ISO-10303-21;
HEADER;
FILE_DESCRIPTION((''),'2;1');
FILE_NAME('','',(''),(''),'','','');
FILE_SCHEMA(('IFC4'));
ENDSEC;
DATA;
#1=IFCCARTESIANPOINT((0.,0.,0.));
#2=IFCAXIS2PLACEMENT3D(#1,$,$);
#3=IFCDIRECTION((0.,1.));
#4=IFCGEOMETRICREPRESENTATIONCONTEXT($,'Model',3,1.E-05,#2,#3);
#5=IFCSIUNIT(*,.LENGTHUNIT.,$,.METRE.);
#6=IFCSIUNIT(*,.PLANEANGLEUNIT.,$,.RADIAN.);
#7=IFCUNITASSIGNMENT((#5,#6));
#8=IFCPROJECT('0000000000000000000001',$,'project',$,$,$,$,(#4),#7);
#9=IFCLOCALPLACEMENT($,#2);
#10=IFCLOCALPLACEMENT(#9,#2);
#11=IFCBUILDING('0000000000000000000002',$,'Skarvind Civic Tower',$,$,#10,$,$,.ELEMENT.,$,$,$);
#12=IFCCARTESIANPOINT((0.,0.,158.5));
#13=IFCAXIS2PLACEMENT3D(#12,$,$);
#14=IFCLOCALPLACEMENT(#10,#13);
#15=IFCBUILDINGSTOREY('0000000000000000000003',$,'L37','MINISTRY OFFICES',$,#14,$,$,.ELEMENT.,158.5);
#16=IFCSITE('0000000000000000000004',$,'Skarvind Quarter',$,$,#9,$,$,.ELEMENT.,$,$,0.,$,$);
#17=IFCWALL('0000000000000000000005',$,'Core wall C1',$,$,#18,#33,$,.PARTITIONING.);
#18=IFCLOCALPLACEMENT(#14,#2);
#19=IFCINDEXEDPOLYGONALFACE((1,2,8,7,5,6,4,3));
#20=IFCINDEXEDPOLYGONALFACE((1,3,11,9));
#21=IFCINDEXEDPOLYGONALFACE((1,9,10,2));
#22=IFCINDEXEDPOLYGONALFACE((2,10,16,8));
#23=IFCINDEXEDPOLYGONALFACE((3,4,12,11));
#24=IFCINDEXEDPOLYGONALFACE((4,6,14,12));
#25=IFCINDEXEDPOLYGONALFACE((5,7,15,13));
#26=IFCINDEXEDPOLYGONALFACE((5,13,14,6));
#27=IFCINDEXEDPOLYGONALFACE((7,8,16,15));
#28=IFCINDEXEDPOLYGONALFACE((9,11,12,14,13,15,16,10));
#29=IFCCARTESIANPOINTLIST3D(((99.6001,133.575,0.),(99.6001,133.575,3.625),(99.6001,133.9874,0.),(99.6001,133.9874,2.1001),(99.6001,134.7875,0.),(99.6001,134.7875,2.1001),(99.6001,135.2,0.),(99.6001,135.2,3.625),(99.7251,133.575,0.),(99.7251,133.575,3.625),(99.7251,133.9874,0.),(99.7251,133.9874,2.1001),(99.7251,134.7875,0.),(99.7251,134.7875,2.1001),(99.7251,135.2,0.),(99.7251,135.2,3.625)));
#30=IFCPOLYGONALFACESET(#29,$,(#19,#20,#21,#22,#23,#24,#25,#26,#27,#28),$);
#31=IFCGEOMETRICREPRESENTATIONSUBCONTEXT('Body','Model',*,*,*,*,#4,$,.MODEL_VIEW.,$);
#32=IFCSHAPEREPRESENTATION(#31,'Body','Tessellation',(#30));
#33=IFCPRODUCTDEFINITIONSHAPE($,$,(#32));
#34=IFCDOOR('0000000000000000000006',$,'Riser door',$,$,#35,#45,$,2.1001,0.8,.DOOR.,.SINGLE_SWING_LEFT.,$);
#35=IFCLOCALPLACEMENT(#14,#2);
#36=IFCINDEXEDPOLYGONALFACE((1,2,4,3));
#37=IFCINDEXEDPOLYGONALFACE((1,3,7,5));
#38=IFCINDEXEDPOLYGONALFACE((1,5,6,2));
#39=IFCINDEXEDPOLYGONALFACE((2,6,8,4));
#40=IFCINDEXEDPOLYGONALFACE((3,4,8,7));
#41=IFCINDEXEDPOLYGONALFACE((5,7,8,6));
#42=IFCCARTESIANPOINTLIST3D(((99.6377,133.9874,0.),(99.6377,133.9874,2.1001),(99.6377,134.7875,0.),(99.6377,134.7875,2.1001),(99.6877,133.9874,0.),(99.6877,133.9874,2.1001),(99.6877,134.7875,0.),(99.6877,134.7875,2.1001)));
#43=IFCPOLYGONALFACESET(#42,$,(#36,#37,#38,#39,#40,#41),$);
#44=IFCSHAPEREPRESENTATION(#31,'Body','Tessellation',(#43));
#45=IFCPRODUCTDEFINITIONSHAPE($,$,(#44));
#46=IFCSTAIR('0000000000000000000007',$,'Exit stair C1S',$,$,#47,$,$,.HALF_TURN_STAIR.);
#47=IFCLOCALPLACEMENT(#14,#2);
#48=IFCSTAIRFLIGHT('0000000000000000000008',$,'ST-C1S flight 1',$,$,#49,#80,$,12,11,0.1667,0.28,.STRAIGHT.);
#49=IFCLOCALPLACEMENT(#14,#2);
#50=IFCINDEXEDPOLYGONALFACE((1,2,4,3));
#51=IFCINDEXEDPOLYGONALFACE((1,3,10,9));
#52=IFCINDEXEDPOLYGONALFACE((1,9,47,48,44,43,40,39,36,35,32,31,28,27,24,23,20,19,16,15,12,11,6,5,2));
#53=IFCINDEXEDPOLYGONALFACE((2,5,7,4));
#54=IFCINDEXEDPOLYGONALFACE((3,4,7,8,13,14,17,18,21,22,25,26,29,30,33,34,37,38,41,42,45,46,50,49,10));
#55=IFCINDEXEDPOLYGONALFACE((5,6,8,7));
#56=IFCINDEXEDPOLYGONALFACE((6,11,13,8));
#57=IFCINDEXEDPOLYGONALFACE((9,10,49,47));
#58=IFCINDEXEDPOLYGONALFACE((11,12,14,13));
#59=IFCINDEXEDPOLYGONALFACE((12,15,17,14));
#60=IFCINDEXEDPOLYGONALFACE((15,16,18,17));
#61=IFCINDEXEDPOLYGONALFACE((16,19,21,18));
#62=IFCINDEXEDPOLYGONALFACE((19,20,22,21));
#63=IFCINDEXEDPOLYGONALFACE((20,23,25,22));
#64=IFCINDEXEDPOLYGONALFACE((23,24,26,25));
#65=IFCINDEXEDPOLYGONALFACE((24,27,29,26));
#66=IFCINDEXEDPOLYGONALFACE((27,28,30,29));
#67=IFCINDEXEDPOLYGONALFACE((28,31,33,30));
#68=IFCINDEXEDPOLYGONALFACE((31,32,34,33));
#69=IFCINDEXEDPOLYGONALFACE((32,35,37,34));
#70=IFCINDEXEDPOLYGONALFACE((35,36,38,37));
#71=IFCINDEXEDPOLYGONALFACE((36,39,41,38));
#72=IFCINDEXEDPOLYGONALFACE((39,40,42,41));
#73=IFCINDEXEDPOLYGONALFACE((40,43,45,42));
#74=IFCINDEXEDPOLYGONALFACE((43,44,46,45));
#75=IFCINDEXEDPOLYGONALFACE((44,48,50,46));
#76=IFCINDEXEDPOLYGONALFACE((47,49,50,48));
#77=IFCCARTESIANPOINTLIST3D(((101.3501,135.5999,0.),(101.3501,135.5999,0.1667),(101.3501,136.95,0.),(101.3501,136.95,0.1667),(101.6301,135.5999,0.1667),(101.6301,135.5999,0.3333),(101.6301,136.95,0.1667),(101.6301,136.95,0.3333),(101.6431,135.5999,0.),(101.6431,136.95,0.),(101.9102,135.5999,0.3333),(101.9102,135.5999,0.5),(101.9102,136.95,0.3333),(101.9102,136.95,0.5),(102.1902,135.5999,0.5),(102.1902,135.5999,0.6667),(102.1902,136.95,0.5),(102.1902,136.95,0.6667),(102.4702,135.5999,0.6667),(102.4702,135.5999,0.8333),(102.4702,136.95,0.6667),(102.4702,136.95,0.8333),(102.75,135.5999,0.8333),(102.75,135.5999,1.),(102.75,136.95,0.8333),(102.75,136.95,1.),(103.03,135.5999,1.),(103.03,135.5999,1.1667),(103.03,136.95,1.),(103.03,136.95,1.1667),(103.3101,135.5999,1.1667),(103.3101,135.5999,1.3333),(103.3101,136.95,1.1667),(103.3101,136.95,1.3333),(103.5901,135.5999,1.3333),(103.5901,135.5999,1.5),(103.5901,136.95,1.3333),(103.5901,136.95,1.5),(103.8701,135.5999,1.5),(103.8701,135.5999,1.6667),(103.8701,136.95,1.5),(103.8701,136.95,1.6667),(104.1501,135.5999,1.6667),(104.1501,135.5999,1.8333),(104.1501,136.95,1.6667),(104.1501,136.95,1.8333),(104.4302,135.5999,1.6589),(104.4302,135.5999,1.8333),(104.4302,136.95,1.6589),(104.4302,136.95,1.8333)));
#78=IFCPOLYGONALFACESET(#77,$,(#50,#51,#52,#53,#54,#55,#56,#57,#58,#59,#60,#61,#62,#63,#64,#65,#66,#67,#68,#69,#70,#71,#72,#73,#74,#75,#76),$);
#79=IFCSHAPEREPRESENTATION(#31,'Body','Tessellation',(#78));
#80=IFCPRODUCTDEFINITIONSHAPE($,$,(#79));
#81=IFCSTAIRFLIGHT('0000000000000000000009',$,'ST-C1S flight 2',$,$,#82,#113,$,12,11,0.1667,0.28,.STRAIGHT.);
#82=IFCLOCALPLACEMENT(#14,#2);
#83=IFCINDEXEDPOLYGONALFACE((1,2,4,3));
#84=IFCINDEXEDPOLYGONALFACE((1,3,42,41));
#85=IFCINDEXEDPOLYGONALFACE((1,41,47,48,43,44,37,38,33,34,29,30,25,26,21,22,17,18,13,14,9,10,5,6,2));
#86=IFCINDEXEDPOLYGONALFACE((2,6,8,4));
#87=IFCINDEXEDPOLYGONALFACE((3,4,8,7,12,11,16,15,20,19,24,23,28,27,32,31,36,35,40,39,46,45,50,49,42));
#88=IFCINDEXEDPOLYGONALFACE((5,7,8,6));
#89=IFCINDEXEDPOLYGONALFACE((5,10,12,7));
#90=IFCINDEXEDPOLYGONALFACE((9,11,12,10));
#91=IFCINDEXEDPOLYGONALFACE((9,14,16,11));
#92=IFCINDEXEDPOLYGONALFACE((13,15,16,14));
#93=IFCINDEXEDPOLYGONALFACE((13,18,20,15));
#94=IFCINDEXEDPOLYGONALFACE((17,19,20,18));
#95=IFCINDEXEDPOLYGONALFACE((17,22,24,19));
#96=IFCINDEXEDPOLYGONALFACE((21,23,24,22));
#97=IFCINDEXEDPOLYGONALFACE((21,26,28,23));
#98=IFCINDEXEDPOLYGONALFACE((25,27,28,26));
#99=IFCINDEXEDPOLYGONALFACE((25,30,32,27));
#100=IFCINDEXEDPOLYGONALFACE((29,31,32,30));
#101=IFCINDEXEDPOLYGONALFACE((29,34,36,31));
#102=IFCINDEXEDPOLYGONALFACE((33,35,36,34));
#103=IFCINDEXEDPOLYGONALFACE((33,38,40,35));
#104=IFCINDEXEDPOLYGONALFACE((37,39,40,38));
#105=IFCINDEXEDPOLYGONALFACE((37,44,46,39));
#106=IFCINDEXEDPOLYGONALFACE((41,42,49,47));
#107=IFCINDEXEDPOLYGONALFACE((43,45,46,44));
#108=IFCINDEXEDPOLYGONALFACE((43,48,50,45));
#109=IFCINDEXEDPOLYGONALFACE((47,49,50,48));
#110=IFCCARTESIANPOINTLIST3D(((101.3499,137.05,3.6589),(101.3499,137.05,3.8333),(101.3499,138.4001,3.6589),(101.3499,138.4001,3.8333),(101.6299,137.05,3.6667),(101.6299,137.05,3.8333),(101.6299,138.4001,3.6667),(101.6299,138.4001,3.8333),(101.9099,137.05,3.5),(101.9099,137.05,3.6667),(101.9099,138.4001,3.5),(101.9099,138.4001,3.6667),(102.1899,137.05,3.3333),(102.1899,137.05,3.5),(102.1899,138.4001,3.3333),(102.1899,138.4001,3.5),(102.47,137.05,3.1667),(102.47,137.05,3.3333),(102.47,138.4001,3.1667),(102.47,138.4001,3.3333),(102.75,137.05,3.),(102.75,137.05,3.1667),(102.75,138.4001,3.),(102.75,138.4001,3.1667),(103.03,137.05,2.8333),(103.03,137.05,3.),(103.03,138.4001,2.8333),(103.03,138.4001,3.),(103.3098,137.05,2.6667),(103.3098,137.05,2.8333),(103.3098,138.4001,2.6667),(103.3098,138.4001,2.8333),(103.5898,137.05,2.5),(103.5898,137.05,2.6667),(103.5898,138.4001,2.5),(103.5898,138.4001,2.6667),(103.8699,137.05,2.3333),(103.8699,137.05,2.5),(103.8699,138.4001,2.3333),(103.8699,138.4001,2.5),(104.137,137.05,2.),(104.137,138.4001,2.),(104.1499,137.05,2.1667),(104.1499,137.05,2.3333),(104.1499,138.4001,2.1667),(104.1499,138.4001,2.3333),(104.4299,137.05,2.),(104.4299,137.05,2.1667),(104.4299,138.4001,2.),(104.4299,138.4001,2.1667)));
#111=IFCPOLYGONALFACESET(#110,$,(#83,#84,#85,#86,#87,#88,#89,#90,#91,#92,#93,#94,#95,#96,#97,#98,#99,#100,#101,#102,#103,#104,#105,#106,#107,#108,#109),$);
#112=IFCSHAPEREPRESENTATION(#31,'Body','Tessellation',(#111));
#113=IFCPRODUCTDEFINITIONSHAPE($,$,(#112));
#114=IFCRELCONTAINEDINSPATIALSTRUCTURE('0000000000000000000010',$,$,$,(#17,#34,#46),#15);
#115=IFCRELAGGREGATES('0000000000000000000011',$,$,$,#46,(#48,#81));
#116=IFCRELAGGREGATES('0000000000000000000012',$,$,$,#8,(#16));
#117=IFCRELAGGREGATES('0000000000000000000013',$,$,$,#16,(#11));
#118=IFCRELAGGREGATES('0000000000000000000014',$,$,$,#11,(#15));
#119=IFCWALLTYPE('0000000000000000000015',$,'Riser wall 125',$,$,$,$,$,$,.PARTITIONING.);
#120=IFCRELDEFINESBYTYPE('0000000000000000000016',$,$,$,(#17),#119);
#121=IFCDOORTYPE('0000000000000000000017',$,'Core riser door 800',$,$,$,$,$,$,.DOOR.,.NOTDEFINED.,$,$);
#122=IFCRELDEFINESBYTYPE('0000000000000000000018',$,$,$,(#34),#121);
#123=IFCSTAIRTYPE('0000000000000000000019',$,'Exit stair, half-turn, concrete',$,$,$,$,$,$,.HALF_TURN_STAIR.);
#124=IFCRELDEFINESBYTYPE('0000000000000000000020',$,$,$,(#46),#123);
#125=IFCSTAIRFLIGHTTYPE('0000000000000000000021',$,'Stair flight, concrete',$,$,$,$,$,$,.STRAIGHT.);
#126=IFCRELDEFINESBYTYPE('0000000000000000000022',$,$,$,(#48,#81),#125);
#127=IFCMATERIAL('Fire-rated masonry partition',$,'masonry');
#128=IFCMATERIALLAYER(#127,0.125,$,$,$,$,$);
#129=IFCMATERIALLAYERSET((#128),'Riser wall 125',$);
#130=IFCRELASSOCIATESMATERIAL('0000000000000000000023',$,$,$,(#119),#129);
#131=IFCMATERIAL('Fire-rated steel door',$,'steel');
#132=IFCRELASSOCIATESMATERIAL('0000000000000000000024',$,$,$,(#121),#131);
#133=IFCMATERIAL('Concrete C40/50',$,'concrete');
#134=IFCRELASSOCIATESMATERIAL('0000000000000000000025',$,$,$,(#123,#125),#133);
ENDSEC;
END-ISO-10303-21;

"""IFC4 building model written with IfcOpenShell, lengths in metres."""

from ifc_helpers import new_model, si_unit, direction, frame, frame_2d, origin, place, context, subcontext, project, spatial, polyline, rectangle, outline, extrude, material, layer, layer_set, type_object, element, fill, aggregate, save


model = new_model("IFC4")

# Units and contexts
model_context = context("Model", 3, precision=1e-05, world=origin(), true_north=direction((0.0, 1.0)))
body_context = subcontext(model_context, "Body", "Model", "MODEL_VIEW")
ifc_project = project(units=[si_unit("LENGTHUNIT", "METRE"), si_unit("PLANEANGLEUNIT", "RADIAN")], contexts=[model_context])

# Site, building, storey
site_placement = place(None, origin())
site = spatial("IfcSite", under=ifc_project, at=site_placement, Name="Skarvind Quarter", CompositionType="ELEMENT", RefElevation=0.0)
building_placement = place(site_placement, origin())
building = spatial("IfcBuilding", under=site, at=building_placement, Name="Skarvind Civic Tower", CompositionType="ELEMENT")
storey_placement = place(building_placement, frame((0.0, 0.0, 158.5)))
storey = spatial("IfcBuildingStorey", under=building, at=storey_placement, Name="L37", Description="MINISTRY OFFICES", CompositionType="ELEMENT", Elevation=158.5)

# Shared definitions
ifc_material_1 = material(Name="Fire-rated steel door", Category="steel")

# Wall, opening, door
ifc_material_2 = material(Name="Fire-rated masonry partition", Category="masonry")
ifc_layer_1 = layer(ifc_material_2, 0.125)
ifc_layer_set_1 = layer_set([ifc_layer_1], Name="Riser wall 125")
wall_type_1 = type_object("IfcWallType", Name="Riser wall 125", PredefinedType="PARTITIONING", material=ifc_layer_set_1)
wall_1_placement = place(storey_placement, frame((99.6626, 133.575, 0.0), z_axis=(0.0, 0.0, 1.0), x_axis=(0.0, 1.0, 0.0)))
wall_1 = element("IfcWall", 1, at=wall_1_placement, inside=storey, type_object=wall_type_1, Name="Core wall C1", PredefinedType="PARTITIONING", context=body_context, shape_type="SweptSolid", body=[
    extrude(rectangle(XDim=1.625, YDim=0.125, at=frame_2d((0.8125, 0.0))), origin(), (0.0, 0.0, 1.0), 3.625),
])
opening_1_placement = place(wall_1_placement, frame((0.4126, 0.0, 0.0)))
opening_1 = element("IfcOpeningElement", 2, at=opening_1_placement, cuts=wall_1, PredefinedType="OPENING", context=body_context, shape_type="SweptSolid", body=[
    extrude(rectangle(XDim=0.8, YDim=2.1001, at=frame_2d((0.3999, 1.05))), frame((0.0, 0.0725, 0.0), z_axis=(0.0, -1.0, 0.0), x_axis=(1.0, 0.0, 0.0)), (0.0, 0.0, 1.0), 0.145),
])
door_type_1 = type_object("IfcDoorType", Name="Core riser door 800", OperationType="NOTDEFINED", PredefinedType="DOOR", material=ifc_material_1)
door_1_placement = place(opening_1_placement, origin())
door_1 = element("IfcDoor", 3, at=door_1_placement, inside=storey, type_object=door_type_1, Name="Riser door", OperationType="SINGLE_SWING_LEFT", OverallHeight=2.1001, OverallWidth=0.8, PredefinedType="DOOR", context=body_context, shape_type="SweptSolid", body=[
    extrude(rectangle(XDim=0.8, YDim=2.1001, at=frame_2d((0.3999, 1.05))), frame((0.0, 0.0249, 0.0), z_axis=(0.0, -1.0, 0.0), x_axis=(1.0, 0.0, 0.0)), (0.0, 0.0, 1.0), 0.05),
])
fill(opening_1, door_1)

# Stair, stair flights
ifc_material_3 = material(Name="Concrete C40/50", Category="concrete")
stair_type = type_object("IfcStairType", Name="Exit stair, half-turn, concrete", PredefinedType="HALF_TURN_STAIR", material=ifc_material_3)
stair_placement = place(storey_placement, origin())
stair = element("IfcStair", 4, at=stair_placement, inside=storey, type_object=stair_type, Name="Exit stair C1S", PredefinedType="HALF_TURN_STAIR")
stair_flight_type = type_object("IfcStairFlightType", Name="Stair flight, concrete", PredefinedType="STRAIGHT", material=ifc_material_3)
stair_flight_1_placement = place(storey_placement, frame((101.3501, 136.2749, 0.0), z_axis=(0.0, 0.0, 1.0), x_axis=(1.0, 0.0, 0.0)))
stair_flight_1 = element("IfcStairFlight", 5, at=stair_flight_1_placement, type_object=stair_flight_type, Name="ST-C1S flight 1", NumberOfRisers=12, NumberOfTreads=11, PredefinedType="STRAIGHT", RiserHeight=0.1667, TreadLength=0.28, context=body_context, shape_type="SweptSolid", body=[
    extrude(outline(polyline([(0.0, 0.0), (0.0, 0.1667), (0.28, 0.1667), (0.28, 0.3333), (0.5601, 0.3333), (0.5601, 0.5), (0.8401, 0.5), (0.8401, 0.6667), (1.1201, 0.6667), (1.1201, 0.8333), (1.3999, 0.8333), (1.3999, 1.0), (1.6799, 1.0), (1.6799, 1.1667), (1.96, 1.1667), (1.96, 1.3333), (2.24, 1.3333), (2.24, 1.5), (2.52, 1.5), (2.52, 1.6667), (2.8, 1.6667), (2.8, 1.8333), (3.0801, 1.8333), (3.0801, 2.0), (3.0801, 1.6589), (0.293, 0.0), (0.0, 0.0)])), frame((0.0, 0.675, 0.0), z_axis=(0.0, -1.0, 0.0), x_axis=(1.0, 0.0, 0.0)), (0.0, 0.0, 1.0), 1.3501),
])
stair_flight_2_placement = place(storey_placement, frame((104.4299, 137.7251, 2.0), z_axis=(0.0, 0.0, 1.0), x_axis=(-1.0, 0.0, 0.0)))
stair_flight_2 = element("IfcStairFlight", 6, at=stair_flight_2_placement, type_object=stair_flight_type, Name="ST-C1S flight 2", NumberOfRisers=12, NumberOfTreads=11, PredefinedType="STRAIGHT", RiserHeight=0.1667, TreadLength=0.28, context=body_context, shape_type="SweptSolid", body=[
    extrude(outline(polyline([(0.0, 0.0), (0.0, 0.1667), (0.28, 0.1667), (0.28, 0.3333), (0.5601, 0.3333), (0.5601, 0.5), (0.8401, 0.5), (0.8401, 0.6667), (1.1201, 0.6667), (1.1201, 0.8333), (1.3999, 0.8333), (1.3999, 1.0), (1.6799, 1.0), (1.6799, 1.1667), (1.96, 1.1667), (1.96, 1.3333), (2.24, 1.3333), (2.24, 1.5), (2.52, 1.5), (2.52, 1.6667), (2.8, 1.6667), (2.8, 1.8333), (3.0801, 1.8333), (3.0801, 2.0), (3.0801, 1.6589), (0.293, 0.0), (0.0, 0.0)])), frame((0.0, 0.675, 0.0), z_axis=(0.0, -1.0, 0.0), x_axis=(1.0, 0.0, 0.0)), (0.0, 0.0, 1.0), 1.3501),
])
aggregate(stair, [stair_flight_1, stair_flight_2])

save(model, "model.ifc")
